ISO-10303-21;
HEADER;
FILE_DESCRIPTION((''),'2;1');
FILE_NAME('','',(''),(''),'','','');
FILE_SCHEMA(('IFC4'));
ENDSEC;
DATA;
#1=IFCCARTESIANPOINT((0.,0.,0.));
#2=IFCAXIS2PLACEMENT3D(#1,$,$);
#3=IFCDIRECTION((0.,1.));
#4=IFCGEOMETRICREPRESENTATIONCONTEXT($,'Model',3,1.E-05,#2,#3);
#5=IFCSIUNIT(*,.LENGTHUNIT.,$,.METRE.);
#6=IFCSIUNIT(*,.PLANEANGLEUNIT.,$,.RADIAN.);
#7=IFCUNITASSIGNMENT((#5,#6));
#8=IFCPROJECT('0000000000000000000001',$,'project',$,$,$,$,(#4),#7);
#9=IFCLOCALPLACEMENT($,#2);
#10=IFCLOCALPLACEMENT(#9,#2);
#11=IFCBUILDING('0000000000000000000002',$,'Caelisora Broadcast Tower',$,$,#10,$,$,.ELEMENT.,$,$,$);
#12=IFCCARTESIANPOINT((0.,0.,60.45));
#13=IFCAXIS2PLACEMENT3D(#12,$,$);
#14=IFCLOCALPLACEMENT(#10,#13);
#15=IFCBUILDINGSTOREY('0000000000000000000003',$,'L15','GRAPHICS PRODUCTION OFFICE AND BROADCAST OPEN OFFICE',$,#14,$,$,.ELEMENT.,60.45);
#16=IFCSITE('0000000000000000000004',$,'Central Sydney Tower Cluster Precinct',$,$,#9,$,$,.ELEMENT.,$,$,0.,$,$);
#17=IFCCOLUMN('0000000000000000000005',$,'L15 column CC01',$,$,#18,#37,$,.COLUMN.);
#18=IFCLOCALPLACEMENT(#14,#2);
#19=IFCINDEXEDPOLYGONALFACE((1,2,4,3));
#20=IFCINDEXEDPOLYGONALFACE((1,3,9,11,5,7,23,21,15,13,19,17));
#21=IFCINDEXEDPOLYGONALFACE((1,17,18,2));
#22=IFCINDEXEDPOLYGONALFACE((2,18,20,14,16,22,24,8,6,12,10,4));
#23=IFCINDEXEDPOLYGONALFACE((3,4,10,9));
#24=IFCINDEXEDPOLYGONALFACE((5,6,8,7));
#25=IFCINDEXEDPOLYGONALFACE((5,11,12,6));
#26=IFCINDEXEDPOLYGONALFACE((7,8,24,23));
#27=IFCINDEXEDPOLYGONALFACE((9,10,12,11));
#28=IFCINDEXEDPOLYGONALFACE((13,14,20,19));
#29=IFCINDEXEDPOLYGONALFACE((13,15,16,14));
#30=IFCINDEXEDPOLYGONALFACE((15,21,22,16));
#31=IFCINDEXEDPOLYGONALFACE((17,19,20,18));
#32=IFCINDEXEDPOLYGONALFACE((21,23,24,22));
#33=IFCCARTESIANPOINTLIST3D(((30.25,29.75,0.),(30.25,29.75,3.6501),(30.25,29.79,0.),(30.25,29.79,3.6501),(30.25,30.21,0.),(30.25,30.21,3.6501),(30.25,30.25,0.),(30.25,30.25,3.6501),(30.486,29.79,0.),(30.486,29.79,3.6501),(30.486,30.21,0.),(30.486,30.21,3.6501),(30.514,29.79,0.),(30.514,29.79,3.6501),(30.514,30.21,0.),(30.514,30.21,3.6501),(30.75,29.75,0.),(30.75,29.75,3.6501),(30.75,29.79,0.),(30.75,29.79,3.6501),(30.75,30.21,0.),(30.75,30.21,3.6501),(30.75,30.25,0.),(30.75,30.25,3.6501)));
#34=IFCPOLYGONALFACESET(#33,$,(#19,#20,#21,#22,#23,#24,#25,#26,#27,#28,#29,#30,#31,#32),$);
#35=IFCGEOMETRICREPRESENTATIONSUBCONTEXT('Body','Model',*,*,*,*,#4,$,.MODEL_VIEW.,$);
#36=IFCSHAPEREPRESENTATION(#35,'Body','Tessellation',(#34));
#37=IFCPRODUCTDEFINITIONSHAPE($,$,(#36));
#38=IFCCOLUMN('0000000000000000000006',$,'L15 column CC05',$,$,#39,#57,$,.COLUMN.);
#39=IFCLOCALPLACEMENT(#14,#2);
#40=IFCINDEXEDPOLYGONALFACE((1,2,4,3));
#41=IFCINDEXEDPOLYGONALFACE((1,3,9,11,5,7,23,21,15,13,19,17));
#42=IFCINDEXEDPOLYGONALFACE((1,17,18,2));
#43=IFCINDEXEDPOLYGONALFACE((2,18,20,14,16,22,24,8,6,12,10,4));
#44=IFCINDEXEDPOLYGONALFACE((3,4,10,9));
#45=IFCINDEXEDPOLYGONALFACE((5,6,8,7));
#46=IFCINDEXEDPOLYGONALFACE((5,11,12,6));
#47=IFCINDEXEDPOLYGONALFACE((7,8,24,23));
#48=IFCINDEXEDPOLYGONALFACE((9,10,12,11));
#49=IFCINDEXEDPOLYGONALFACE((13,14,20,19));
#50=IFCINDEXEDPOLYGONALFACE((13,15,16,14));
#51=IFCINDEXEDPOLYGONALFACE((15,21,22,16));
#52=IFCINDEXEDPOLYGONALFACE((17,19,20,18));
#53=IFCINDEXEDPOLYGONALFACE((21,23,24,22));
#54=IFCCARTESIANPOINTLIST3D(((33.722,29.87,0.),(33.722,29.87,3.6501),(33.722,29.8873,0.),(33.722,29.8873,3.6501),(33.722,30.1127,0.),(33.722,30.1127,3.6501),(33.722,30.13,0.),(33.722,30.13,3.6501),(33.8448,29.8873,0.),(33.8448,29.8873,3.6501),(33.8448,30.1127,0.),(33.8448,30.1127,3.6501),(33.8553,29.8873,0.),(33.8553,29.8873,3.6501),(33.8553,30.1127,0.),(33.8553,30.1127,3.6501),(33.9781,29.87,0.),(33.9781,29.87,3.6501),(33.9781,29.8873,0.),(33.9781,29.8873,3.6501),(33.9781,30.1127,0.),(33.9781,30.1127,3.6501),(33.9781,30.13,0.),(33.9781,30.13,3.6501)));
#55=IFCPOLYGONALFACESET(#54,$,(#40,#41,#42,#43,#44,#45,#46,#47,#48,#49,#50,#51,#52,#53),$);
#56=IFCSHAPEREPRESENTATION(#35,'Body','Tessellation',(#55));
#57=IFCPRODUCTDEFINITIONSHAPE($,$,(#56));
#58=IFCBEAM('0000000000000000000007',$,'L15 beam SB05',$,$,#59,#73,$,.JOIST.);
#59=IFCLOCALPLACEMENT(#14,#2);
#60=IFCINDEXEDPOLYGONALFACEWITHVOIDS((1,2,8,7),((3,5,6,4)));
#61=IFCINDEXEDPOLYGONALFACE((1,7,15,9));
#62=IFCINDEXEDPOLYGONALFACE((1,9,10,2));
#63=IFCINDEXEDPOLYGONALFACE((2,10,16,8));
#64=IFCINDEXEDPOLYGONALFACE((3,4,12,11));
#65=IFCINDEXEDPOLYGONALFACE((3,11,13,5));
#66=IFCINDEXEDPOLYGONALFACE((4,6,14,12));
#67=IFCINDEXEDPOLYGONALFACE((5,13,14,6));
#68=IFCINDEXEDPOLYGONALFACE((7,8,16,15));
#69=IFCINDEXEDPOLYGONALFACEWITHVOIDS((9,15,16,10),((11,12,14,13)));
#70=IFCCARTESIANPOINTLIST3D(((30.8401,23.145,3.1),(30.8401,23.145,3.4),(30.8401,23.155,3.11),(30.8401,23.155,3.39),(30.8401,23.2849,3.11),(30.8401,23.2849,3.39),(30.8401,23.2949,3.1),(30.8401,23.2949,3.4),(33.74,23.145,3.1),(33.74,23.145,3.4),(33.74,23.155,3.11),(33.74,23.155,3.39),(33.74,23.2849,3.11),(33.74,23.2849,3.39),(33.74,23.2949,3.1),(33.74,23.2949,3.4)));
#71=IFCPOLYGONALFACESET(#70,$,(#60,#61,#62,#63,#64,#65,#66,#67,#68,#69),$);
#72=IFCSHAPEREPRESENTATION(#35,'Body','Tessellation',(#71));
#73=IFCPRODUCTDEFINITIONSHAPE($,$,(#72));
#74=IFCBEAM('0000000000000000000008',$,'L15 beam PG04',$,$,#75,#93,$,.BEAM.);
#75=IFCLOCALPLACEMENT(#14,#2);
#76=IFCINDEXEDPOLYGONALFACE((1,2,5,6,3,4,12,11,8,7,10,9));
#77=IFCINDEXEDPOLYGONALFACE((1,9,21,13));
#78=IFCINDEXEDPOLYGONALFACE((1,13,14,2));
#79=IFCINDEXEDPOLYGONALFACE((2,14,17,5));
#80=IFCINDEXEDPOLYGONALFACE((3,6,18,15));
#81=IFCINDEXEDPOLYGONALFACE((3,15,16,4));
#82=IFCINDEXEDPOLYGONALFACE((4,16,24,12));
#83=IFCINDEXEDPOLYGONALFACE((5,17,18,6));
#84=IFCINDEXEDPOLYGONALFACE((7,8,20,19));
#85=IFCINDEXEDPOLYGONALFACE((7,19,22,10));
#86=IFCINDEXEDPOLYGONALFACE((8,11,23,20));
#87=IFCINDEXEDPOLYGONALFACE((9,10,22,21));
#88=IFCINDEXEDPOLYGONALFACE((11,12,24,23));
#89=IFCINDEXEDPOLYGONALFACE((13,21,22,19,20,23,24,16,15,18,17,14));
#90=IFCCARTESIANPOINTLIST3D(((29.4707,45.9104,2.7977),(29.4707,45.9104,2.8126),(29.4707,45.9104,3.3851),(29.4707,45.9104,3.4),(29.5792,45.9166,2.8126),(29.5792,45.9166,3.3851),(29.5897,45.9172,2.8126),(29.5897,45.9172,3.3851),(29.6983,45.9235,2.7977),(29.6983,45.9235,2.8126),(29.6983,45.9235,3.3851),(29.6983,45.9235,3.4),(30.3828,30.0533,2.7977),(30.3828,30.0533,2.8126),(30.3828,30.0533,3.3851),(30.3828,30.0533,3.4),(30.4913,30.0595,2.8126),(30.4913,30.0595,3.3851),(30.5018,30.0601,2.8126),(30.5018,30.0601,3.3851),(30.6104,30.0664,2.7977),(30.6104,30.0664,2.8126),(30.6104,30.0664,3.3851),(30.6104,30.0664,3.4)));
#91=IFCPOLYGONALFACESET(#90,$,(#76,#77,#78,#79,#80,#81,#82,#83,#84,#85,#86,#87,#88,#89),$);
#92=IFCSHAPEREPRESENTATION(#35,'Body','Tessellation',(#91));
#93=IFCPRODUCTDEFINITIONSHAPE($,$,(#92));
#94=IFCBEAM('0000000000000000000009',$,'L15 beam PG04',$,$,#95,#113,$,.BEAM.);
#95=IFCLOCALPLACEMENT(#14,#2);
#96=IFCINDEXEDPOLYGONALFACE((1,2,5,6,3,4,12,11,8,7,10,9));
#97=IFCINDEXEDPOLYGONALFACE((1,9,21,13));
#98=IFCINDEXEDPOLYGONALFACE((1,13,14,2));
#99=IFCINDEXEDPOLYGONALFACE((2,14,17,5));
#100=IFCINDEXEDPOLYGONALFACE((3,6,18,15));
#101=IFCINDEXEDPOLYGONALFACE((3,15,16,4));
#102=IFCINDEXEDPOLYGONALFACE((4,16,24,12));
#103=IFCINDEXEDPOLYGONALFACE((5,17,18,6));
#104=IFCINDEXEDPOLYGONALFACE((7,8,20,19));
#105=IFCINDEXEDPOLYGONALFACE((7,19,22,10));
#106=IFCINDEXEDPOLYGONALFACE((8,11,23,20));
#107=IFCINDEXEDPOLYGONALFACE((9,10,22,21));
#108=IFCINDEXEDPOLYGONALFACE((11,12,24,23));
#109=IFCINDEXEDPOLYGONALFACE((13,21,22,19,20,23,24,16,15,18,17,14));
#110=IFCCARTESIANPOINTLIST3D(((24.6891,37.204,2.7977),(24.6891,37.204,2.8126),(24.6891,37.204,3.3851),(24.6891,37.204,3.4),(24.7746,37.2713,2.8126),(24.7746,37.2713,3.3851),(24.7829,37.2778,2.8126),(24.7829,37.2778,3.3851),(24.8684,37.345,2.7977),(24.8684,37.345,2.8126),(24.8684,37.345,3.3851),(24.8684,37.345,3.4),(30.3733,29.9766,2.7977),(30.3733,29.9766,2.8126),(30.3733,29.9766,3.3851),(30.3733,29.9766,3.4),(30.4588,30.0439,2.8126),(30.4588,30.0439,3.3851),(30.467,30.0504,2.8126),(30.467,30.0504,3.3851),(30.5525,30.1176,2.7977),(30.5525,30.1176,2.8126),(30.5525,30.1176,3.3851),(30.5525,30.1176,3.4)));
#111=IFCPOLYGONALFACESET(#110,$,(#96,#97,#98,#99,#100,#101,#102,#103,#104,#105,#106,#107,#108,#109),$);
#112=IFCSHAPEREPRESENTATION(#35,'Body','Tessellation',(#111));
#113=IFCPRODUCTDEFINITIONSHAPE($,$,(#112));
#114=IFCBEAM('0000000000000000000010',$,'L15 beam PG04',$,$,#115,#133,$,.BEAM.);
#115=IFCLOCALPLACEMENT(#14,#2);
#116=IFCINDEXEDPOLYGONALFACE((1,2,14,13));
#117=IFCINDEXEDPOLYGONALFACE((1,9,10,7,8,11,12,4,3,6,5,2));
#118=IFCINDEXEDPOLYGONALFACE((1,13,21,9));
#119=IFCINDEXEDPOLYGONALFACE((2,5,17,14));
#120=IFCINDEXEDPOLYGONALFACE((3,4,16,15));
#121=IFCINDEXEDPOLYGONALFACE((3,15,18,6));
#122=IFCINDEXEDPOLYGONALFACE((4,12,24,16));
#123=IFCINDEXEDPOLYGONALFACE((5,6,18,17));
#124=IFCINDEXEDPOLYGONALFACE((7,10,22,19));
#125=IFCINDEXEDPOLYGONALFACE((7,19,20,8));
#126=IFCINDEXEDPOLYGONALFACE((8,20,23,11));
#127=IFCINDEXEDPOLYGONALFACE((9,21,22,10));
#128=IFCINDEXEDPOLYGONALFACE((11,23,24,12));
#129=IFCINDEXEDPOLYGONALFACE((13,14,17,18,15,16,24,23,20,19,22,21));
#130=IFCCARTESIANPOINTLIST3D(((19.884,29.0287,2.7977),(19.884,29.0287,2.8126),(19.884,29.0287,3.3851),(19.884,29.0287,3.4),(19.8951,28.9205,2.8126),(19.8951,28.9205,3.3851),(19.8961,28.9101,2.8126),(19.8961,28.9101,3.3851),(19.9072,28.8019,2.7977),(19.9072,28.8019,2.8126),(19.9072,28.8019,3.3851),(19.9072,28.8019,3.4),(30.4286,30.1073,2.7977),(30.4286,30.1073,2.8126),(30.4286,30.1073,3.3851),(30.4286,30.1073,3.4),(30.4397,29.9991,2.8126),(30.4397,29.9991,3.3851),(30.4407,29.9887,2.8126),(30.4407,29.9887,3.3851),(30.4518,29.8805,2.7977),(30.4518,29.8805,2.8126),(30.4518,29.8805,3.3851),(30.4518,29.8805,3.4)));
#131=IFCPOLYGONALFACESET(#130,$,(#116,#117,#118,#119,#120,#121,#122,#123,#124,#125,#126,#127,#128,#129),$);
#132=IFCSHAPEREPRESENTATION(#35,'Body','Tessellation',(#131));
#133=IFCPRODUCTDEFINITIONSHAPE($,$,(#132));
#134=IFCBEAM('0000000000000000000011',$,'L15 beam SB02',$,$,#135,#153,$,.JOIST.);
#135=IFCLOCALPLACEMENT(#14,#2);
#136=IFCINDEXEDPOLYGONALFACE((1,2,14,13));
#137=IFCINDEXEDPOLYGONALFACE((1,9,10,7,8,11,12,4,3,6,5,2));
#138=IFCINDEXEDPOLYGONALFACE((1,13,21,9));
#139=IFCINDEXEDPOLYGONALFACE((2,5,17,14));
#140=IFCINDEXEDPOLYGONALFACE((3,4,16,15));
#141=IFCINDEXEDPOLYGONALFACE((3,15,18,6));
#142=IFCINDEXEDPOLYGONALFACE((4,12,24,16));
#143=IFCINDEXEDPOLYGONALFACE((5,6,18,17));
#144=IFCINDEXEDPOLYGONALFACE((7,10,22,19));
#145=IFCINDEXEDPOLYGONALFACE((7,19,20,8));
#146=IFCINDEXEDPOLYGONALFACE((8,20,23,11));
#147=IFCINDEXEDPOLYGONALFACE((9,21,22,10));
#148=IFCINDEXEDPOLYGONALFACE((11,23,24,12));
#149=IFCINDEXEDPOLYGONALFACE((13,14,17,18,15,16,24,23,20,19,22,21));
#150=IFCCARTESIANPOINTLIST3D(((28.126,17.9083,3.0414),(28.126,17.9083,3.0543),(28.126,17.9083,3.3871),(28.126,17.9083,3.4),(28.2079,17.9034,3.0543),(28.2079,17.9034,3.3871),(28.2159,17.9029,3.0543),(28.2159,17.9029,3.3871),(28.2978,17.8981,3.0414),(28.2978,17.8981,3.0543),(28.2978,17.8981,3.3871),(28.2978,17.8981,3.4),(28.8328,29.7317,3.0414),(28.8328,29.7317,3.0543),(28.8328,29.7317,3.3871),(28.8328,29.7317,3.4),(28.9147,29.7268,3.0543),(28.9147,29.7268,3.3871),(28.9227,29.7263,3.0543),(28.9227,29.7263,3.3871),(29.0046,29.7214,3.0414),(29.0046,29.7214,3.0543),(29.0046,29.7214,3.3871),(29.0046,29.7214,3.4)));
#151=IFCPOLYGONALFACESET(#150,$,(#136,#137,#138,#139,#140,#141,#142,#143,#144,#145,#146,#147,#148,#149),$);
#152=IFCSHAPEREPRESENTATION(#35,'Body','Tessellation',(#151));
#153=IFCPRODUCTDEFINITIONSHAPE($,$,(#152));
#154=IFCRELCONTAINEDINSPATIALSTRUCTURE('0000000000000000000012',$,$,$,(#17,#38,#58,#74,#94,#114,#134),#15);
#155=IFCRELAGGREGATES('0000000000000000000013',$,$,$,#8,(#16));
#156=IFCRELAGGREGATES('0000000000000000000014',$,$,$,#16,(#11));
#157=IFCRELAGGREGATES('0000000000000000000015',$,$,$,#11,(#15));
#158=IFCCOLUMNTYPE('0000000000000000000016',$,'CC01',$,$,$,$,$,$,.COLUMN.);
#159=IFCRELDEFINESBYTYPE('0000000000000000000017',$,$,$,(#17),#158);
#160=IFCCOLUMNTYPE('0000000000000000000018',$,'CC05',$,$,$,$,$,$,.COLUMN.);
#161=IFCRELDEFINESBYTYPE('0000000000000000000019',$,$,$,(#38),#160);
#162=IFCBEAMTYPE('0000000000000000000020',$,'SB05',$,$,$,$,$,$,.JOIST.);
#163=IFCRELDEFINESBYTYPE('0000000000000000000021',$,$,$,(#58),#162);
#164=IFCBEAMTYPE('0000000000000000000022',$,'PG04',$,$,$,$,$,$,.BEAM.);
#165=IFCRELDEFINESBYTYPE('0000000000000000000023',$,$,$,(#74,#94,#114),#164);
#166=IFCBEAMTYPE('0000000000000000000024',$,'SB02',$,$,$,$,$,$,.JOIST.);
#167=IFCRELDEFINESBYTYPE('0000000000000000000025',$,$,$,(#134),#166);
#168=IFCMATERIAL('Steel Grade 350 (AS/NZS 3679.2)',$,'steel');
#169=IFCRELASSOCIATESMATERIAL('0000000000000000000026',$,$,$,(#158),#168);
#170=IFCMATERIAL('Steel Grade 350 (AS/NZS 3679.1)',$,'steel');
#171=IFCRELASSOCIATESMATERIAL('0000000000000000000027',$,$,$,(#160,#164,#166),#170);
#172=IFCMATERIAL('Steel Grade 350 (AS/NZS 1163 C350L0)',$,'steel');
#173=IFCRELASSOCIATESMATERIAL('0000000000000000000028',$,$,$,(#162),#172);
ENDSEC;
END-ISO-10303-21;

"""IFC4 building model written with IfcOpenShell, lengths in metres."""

from ifc_helpers import new_model, si_unit, direction, frame, origin, origin_2d, place, context, subcontext, project, spatial, hollow_rectangle, i_section, extrude, source, transform, mapped, material, material_profile, profile_set, type_object, type_shapes, element, save


model = new_model("IFC4")

# Units and contexts
model_context = context("Model", 3, precision=1e-05, world=origin(), true_north=direction((0.0, 1.0)))
body_context = subcontext(model_context, "Body", "Model", "MODEL_VIEW")
ifc_project = project(units=[si_unit("LENGTHUNIT", "METRE"), si_unit("PLANEANGLEUNIT", "RADIAN")], contexts=[model_context])

# Site, building, storey
site_placement = place(None, origin())
site = spatial("IfcSite", under=ifc_project, at=site_placement, Name="Central Sydney Tower Cluster Precinct", CompositionType="ELEMENT", RefElevation=0.0)
building_placement = place(site_placement, origin())
building = spatial("IfcBuilding", under=site, at=building_placement, Name="Caelisora Broadcast Tower", CompositionType="ELEMENT")
storey_placement = place(building_placement, frame((0.0, 0.0, 60.45)))
storey = spatial("IfcBuildingStorey", under=building, at=storey_placement, Name="L15", Description="GRAPHICS PRODUCTION OFFICE AND BROADCAST OPEN OFFICE", CompositionType="ELEMENT", Elevation=60.45)

# Columns
ifc_material_1 = material(Name="Steel Grade 350 (AS/NZS 3679.2)", Category="steel")
ifc_material_profile_1 = material_profile(ifc_material_1, i_section(OverallWidth=0.5, OverallDepth=0.5, WebThickness=0.0281, FlangeThickness=0.04, at=origin_2d()), Name="Steel Grade 350 (AS/NZS 3679.2)")
ifc_profile_set_1 = profile_set([ifc_material_profile_1], Name="Steel Grade 350 (AS/NZS 3679.2)")
column_type_1 = type_object("IfcColumnType", Name="CC01", PredefinedType="COLUMN", material=ifc_profile_set_1)
shared_shape_1 = source(origin(), body_context, "Body", "SweptSolid", [
    extrude(i_section(OverallWidth=0.5, OverallDepth=0.5, WebThickness=0.0281, FlangeThickness=0.04, at=origin_2d()), origin(), (0.0, 0.0, 1.0), 3.6501),
])
type_shapes(column_type_1, [shared_shape_1])
column_1_placement = place(storey_placement, frame((30.5, 30.0, 0.0), z_axis=(0.0, 0.0, 1.0), x_axis=(1.0, 0.0, 0.0)))
element("IfcColumn", 1, at=column_1_placement, inside=storey, type_object=column_type_1, Name="L15 column CC01", PredefinedType="COLUMN", context=body_context, shape_type="MappedRepresentation", body=[
    mapped(shared_shape_1, transform((0.0, 0.0, 0.0), scale=1.0)),
])
ifc_material_2 = material(Name="Steel Grade 350 (AS/NZS 3679.1)", Category="steel")
ifc_material_profile_2 = material_profile(ifc_material_2, i_section(OverallWidth=0.2561, OverallDepth=0.26, WebThickness=0.0105, FlangeThickness=0.0173, at=origin_2d()), Name="Steel Grade 350 (AS/NZS 3679.1)")
ifc_profile_set_2 = profile_set([ifc_material_profile_2], Name="Steel Grade 350 (AS/NZS 3679.1)")
column_type_2 = type_object("IfcColumnType", Name="CC05", PredefinedType="COLUMN", material=ifc_profile_set_2)
shared_shape_2 = source(origin(), body_context, "Body", "SweptSolid", [
    extrude(i_section(OverallWidth=0.2561, OverallDepth=0.26, WebThickness=0.0105, FlangeThickness=0.0173, at=origin_2d()), origin(), (0.0, 0.0, 1.0), 3.6501),
])
type_shapes(column_type_2, [shared_shape_2])
column_2_placement = place(storey_placement, frame((33.8501, 30.0, 0.0), z_axis=(0.0, 0.0, 1.0), x_axis=(1.0, 0.0, 0.0)))
element("IfcColumn", 2, at=column_2_placement, inside=storey, type_object=column_type_2, Name="L15 column CC05", PredefinedType="COLUMN", context=body_context, shape_type="MappedRepresentation", body=[
    mapped(shared_shape_2, transform((0.0, 0.0, 0.0), scale=1.0)),
])

# Beams
ifc_material_3 = material(Name="Steel Grade 350 (AS/NZS 1163 C350L0)", Category="steel")
ifc_material_profile_3 = material_profile(ifc_material_3, hollow_rectangle(XDim=0.1499, YDim=0.3, WallThickness=0.01, at=origin_2d()), Name="Steel Grade 350 (AS/NZS 1163 C350L0)")
ifc_profile_set_3 = profile_set([ifc_material_profile_3], Name="Steel Grade 350 (AS/NZS 1163 C350L0)")
beam_type_1 = type_object("IfcBeamType", Name="SB05", PredefinedType="JOIST", material=ifc_profile_set_3)
shared_shape_3 = source(origin(), body_context, "Body", "SweptSolid", [
    extrude(hollow_rectangle(XDim=0.1499, YDim=0.3, WallThickness=0.01, at=origin_2d()), origin(), (0.0, 0.0, 1.0), 2.8999),
])
type_shapes(beam_type_1, [shared_shape_3])
beam_1_placement = place(storey_placement, frame((30.8401, 23.22, 3.25), z_axis=(1.0, 0.0, 0.0), x_axis=(0.0, 1.0, 0.0)))
element("IfcBeam", 3, at=beam_1_placement, inside=storey, type_object=beam_type_1, Name="L15 beam SB05", PredefinedType="JOIST", context=body_context, shape_type="MappedRepresentation", body=[
    mapped(shared_shape_3, transform((0.0, 0.0, 0.0), scale=1.0)),
])
ifc_material_profile_4 = material_profile(ifc_material_2, i_section(OverallWidth=0.228, OverallDepth=0.6023, WebThickness=0.0105, FlangeThickness=0.0149, at=origin_2d()), Name="Steel Grade 350 (AS/NZS 3679.1)")
ifc_profile_set_4 = profile_set([ifc_material_profile_4], Name="Steel Grade 350 (AS/NZS 3679.1)")
beam_type_2 = type_object("IfcBeamType", Name="PG04", PredefinedType="BEAM", material=ifc_profile_set_4)
shared_shape_4 = source(origin(), body_context, "Body", "SweptSolid", [
    extrude(i_section(OverallWidth=0.228, OverallDepth=0.6023, WebThickness=0.0105, FlangeThickness=0.0149, at=origin_2d()), origin(), (0.0, 0.0, 1.0), 15.8833),
])
beam_2_placement = place(storey_placement, frame((30.4966, 30.0598, 3.0989), z_axis=(-0.057425, 0.99835, 0.0), x_axis=(-0.99835, -0.057425, 0.0)))
element("IfcBeam", 4, at=beam_2_placement, inside=storey, type_object=beam_type_2, Name="L15 beam PG04", PredefinedType="BEAM", context=body_context, shape_type="MappedRepresentation", body=[
    mapped(shared_shape_4, transform((0.0, 0.0, 0.0), scale=1.0)),
])
shared_shape_5 = source(origin(), body_context, "Body", "SweptSolid", [
    extrude(i_section(OverallWidth=0.228, OverallDepth=0.6023, WebThickness=0.0105, FlangeThickness=0.0149, at=origin_2d()), origin(), (0.0, 0.0, 1.0), 9.1948),
])
beam_3_placement = place(storey_placement, frame((30.4629, 30.0471, 3.0989), z_axis=(-0.618191, 0.786028, 0.0), x_axis=(-0.786028, -0.618191, 0.0)))
element("IfcBeam", 5, at=beam_3_placement, inside=storey, type_object=beam_type_2, Name="L15 beam PG04", PredefinedType="BEAM", context=body_context, shape_type="MappedRepresentation", body=[
    mapped(shared_shape_5, transform((0.0, 0.0, 0.0), scale=1.0)),
])
shared_shape_6 = source(origin(), body_context, "Body", "SweptSolid", [
    extrude(i_section(OverallWidth=0.228, OverallDepth=0.6023, WebThickness=0.0105, FlangeThickness=0.0149, at=origin_2d()), origin(), (0.0, 0.0, 1.0), 10.5996),
])
type_shapes(beam_type_2, [shared_shape_4, shared_shape_5, shared_shape_6])
beam_4_placement = place(storey_placement, frame((30.4402, 29.9939, 3.0989), z_axis=(-0.994809, -0.101759, 0.0), x_axis=(0.101759, -0.994809, 0.0)))
element("IfcBeam", 6, at=beam_4_placement, inside=storey, type_object=beam_type_2, Name="L15 beam PG04", PredefinedType="BEAM", context=body_context, shape_type="MappedRepresentation", body=[
    mapped(shared_shape_6, transform((0.0, 0.0, 0.0), scale=1.0)),
])
ifc_material_profile_5 = material_profile(ifc_material_2, i_section(OverallWidth=0.1721, OverallDepth=0.3586, WebThickness=0.0081, FlangeThickness=0.0129, at=origin_2d()), Name="Steel Grade 350 (AS/NZS 3679.1)")
ifc_profile_set_5 = profile_set([ifc_material_profile_5], Name="Steel Grade 350 (AS/NZS 3679.1)")
beam_type_3 = type_object("IfcBeamType", Name="SB02", PredefinedType="JOIST", material=ifc_profile_set_5)
shared_shape_7 = source(origin(), body_context, "Body", "SweptSolid", [
    extrude(i_section(OverallWidth=0.1721, OverallDepth=0.3586, WebThickness=0.0081, FlangeThickness=0.0129, at=origin_2d()), origin(), (0.0, 0.0, 1.0), 11.8445),
])
beam_5_placement = place(storey_placement, frame((28.9187, 29.7266, 3.2207), z_axis=(-0.059672, -0.998218, 0.0), x_axis=(0.998218, -0.059672, 0.0)))
element("IfcBeam", 7, at=beam_5_placement, inside=storey, type_object=beam_type_3, Name="L15 beam SB02", PredefinedType="JOIST", context=body_context, shape_type="MappedRepresentation", body=[
    mapped(shared_shape_7, transform((0.0, 0.0, 0.0), scale=1.0)),
])

save(model, "model.ifc")
